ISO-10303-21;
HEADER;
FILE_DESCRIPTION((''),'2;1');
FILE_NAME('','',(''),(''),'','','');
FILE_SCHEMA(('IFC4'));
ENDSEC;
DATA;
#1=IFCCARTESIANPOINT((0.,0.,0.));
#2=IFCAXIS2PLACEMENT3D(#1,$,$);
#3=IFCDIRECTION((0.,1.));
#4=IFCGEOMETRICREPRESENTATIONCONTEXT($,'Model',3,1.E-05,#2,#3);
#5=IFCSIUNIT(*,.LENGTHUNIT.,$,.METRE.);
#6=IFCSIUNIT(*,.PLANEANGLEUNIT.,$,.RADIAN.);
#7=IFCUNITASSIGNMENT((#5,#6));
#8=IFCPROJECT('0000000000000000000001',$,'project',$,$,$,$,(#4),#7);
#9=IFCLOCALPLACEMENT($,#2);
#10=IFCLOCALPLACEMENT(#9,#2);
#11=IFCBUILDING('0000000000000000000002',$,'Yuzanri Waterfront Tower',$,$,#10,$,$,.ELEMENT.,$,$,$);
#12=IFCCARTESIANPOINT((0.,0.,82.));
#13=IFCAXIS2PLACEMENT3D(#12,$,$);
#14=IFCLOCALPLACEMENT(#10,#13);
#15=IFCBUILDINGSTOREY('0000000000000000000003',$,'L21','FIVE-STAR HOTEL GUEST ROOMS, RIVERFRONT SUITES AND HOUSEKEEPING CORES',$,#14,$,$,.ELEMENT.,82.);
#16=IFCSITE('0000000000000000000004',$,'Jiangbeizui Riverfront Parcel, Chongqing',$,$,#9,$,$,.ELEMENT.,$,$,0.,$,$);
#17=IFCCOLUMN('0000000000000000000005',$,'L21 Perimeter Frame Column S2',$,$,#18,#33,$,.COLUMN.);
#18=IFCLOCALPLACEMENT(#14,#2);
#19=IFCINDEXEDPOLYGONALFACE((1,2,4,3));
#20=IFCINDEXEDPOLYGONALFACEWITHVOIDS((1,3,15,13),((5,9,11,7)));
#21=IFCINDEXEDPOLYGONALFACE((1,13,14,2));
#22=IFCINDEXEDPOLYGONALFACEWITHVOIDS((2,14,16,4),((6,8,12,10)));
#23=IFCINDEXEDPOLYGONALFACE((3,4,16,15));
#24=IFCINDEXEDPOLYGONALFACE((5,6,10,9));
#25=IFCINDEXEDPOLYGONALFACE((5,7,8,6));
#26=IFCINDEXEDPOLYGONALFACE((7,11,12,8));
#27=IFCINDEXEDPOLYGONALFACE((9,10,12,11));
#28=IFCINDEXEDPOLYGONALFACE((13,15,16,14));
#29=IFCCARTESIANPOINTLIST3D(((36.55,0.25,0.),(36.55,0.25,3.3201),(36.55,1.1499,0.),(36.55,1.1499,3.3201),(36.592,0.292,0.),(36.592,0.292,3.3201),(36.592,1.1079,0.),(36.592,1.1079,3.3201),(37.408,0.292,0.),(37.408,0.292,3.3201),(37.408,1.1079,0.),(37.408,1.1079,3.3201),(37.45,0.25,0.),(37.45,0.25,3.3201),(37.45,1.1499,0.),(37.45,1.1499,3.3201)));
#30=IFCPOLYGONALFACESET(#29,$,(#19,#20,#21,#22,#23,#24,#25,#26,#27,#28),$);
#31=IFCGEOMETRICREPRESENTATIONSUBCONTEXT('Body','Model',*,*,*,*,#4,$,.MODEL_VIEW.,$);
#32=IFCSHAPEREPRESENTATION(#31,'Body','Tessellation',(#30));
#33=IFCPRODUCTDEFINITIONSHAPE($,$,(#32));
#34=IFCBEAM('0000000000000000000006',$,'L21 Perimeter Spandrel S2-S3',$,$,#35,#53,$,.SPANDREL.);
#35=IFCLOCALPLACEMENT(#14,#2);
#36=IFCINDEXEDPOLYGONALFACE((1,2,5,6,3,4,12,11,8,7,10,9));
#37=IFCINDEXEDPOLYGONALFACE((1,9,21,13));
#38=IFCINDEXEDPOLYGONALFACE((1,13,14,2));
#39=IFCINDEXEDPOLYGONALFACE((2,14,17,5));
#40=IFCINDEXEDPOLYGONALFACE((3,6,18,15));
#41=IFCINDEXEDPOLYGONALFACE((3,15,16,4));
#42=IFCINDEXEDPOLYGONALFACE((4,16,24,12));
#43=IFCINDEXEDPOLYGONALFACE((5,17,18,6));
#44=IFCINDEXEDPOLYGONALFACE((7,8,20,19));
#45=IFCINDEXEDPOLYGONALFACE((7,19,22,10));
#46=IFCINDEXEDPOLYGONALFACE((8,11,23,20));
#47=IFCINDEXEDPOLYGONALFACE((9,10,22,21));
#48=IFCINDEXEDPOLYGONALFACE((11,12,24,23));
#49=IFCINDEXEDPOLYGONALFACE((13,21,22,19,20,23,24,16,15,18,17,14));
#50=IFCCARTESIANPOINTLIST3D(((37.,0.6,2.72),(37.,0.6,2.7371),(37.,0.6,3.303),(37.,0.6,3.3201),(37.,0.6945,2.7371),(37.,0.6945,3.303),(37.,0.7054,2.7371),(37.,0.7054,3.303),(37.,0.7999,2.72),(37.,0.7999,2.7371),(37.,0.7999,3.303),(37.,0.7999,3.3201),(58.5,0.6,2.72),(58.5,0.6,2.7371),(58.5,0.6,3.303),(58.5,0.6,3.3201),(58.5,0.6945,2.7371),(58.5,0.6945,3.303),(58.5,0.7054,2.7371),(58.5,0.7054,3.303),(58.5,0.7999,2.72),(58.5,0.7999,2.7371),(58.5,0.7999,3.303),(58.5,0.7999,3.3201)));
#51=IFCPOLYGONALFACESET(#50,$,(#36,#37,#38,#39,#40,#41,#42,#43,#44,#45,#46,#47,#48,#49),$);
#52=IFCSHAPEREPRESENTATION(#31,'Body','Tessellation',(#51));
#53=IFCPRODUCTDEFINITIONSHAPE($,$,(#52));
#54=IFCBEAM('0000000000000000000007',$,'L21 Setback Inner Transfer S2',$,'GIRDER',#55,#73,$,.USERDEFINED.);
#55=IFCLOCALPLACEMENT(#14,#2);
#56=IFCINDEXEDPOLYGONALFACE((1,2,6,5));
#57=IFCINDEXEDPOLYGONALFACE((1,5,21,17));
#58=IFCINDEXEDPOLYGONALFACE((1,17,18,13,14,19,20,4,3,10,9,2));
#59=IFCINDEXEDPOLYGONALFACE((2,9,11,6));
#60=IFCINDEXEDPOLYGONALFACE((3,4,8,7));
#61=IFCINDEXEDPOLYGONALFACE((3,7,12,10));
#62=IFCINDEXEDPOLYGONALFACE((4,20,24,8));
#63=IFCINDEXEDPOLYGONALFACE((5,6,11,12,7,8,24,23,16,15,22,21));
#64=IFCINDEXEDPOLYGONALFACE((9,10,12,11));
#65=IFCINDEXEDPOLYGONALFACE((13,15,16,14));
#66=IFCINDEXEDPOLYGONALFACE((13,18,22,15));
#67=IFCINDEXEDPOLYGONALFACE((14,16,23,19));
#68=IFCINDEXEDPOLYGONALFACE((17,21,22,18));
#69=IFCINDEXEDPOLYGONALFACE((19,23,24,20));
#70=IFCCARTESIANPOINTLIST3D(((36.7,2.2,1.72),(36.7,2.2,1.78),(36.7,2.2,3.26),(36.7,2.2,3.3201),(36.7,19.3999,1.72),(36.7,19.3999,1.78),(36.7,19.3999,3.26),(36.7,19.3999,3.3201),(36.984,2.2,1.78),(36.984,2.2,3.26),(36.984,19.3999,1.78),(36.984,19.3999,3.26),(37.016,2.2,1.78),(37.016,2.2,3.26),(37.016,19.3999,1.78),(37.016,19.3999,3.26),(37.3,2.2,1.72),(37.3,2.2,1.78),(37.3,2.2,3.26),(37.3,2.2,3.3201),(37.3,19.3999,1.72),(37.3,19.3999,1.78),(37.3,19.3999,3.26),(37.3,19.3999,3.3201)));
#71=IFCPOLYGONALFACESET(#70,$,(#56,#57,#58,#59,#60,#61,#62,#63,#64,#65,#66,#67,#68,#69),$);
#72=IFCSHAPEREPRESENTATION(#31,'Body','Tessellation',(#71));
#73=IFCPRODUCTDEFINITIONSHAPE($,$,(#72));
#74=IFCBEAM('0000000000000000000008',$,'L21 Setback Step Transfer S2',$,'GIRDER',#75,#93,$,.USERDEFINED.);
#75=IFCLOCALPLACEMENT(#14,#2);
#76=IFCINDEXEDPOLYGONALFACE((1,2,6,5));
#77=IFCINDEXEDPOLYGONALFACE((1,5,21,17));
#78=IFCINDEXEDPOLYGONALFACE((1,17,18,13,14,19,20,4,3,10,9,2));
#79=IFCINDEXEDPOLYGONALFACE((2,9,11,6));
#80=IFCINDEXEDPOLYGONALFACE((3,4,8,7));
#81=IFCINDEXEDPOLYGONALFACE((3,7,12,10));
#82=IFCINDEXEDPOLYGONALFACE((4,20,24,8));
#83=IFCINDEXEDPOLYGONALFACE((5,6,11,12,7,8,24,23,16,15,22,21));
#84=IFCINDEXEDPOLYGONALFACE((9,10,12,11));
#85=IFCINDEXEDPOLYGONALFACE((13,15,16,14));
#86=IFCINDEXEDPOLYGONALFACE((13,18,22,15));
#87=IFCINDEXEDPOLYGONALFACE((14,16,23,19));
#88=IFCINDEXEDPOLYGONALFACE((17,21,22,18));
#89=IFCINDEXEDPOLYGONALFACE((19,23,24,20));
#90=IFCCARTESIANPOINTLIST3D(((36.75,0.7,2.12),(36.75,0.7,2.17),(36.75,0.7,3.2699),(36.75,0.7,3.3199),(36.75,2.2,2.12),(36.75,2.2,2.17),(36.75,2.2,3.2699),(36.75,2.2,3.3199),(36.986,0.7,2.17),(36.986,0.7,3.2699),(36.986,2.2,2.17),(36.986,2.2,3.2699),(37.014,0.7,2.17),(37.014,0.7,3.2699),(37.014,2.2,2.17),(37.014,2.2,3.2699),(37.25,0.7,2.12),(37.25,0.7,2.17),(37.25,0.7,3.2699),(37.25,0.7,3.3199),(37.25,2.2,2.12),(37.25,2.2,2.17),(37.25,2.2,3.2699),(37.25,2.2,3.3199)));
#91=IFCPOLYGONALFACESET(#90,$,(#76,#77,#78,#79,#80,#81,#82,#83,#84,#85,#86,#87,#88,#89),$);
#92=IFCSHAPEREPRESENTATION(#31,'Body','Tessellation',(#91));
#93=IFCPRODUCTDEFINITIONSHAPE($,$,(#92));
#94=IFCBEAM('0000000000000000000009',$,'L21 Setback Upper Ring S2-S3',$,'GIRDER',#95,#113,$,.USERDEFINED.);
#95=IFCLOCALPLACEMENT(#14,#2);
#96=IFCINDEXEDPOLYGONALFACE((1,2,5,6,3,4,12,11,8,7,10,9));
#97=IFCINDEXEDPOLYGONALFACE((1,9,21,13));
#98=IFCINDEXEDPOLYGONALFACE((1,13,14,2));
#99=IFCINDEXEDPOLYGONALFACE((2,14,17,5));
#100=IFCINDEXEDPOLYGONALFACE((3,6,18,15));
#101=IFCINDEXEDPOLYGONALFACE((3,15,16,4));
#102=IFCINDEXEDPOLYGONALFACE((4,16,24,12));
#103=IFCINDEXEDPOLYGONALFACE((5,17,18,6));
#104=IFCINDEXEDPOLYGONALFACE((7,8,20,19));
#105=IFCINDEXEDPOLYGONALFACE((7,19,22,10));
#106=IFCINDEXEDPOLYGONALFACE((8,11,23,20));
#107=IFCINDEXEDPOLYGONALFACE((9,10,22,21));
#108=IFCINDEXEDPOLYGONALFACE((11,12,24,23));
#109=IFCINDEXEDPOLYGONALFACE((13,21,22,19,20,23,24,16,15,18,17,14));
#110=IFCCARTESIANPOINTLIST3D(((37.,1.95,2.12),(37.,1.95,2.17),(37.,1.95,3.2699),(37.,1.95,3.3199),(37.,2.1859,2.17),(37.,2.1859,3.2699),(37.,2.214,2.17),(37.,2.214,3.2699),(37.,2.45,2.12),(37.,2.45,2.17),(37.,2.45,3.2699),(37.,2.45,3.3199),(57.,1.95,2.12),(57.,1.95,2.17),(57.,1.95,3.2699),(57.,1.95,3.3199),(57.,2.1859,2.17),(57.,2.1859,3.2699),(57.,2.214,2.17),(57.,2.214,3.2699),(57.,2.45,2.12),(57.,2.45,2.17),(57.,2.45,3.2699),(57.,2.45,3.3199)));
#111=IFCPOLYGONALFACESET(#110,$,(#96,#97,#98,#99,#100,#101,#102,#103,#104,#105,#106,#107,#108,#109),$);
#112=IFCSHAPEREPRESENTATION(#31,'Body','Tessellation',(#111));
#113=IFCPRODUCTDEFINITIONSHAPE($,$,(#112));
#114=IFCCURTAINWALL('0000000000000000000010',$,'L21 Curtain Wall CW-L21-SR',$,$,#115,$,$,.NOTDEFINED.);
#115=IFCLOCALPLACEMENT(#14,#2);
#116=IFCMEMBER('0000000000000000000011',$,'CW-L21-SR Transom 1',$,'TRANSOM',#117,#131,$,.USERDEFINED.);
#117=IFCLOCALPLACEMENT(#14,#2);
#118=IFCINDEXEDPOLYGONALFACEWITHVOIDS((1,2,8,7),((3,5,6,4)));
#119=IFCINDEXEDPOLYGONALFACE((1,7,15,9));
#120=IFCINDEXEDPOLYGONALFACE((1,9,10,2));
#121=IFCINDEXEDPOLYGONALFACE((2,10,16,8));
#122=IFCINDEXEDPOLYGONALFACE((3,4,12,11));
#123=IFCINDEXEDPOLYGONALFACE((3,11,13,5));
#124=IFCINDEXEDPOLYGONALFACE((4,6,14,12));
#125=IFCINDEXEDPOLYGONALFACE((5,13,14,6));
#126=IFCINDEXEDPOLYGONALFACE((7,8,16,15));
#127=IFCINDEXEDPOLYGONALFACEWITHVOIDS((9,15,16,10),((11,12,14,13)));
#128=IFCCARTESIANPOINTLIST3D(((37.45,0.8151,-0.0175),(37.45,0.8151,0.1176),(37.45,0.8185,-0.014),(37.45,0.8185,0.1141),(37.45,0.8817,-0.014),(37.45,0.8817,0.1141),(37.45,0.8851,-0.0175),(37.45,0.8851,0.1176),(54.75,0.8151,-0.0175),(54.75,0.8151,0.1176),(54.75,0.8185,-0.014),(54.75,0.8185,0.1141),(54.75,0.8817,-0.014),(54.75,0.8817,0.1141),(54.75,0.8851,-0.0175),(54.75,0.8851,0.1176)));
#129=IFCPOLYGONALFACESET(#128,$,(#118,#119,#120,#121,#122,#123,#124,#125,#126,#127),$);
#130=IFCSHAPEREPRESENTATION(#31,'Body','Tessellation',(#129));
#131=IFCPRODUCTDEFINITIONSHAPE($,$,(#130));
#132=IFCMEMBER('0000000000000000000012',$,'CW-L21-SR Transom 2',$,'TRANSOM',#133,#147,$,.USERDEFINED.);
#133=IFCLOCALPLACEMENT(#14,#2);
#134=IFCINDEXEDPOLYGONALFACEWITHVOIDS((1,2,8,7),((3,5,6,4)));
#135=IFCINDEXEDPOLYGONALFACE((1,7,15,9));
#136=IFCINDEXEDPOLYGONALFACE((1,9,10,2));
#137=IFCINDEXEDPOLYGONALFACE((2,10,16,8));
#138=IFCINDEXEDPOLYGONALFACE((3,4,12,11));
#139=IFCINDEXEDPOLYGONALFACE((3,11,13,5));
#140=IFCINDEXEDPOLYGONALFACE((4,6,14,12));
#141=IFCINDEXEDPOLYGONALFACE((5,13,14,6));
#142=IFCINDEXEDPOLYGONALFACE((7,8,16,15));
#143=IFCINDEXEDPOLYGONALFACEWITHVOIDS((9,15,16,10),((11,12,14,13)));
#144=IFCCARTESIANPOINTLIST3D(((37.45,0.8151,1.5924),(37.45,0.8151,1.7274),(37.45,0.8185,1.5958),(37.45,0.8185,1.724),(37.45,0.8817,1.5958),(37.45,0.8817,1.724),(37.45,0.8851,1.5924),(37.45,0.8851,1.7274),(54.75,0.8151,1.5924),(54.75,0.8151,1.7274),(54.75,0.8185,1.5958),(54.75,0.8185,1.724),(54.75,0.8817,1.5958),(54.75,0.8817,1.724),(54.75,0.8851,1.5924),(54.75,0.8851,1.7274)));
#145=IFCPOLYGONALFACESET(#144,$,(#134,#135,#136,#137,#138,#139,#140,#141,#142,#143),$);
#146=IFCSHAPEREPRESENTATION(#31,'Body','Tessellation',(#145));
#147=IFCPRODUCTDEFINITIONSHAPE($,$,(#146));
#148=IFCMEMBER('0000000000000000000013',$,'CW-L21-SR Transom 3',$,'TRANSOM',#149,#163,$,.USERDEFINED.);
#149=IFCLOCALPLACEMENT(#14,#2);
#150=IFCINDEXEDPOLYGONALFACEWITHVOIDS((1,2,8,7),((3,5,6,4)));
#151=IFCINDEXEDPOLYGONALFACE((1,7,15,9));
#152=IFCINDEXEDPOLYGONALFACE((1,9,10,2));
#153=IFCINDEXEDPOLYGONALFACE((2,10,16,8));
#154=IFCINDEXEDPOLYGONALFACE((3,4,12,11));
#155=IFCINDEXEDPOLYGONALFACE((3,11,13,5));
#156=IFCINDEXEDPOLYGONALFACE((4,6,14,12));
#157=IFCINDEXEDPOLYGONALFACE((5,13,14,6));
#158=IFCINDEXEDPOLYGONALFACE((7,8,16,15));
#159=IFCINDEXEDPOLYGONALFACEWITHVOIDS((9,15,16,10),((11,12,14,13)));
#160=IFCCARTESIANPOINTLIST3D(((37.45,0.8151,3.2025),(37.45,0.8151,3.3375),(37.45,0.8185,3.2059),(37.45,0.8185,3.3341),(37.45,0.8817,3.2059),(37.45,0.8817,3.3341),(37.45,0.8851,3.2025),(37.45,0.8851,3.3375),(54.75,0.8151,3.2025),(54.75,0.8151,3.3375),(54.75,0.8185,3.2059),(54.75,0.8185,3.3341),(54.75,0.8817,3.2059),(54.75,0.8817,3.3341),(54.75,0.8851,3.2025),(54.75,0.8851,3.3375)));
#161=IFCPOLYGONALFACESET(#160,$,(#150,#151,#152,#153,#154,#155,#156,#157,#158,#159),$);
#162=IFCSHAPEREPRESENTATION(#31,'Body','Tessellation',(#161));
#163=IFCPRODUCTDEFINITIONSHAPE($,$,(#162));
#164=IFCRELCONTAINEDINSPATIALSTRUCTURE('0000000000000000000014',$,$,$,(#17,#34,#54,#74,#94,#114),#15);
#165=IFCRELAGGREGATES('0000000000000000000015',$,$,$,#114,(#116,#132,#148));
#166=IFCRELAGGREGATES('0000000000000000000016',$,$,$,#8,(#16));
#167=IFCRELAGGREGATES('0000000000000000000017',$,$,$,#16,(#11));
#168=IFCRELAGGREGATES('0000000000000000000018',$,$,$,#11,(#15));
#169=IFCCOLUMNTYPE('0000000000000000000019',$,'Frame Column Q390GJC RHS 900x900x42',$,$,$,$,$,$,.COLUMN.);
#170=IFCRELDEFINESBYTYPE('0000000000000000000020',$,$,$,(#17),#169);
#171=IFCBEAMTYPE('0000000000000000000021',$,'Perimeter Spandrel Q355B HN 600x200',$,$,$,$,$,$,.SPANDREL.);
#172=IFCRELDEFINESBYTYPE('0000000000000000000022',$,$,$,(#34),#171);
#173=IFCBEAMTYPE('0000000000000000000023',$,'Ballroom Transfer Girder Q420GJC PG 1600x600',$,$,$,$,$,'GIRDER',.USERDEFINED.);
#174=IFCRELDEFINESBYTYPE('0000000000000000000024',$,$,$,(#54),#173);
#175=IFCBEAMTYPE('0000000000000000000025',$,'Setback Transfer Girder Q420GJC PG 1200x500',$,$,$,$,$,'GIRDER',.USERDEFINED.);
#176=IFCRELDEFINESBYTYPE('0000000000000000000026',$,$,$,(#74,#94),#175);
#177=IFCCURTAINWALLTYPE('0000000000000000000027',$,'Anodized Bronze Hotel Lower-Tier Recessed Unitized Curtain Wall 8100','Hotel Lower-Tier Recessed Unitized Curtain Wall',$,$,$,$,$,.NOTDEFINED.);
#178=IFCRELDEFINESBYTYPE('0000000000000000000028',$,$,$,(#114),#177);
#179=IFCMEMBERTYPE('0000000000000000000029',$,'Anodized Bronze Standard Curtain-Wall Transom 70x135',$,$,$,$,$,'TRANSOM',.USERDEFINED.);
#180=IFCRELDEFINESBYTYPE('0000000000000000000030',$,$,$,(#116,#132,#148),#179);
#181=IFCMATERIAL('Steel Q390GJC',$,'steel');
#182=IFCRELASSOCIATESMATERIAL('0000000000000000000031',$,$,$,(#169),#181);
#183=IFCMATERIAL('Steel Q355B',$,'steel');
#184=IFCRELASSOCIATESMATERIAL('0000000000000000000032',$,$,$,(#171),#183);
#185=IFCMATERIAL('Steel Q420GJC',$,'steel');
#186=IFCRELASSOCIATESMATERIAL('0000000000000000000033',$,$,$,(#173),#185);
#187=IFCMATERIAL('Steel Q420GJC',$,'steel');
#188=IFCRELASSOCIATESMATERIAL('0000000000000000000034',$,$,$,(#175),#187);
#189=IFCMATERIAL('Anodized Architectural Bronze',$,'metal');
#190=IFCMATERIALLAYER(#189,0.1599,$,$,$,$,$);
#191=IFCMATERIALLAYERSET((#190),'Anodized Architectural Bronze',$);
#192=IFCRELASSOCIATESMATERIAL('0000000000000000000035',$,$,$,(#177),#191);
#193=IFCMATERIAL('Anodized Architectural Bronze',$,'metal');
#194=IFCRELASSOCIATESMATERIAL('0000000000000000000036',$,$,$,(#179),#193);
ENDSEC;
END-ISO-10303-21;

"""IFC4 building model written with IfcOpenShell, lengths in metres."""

from ifc_helpers import new_model, si_unit, direction, frame, origin, origin_2d, place, context, subcontext, project, spatial, hollow_rectangle, i_section, extrude, source, transform, mapped, material, layer, layer_set, material_profile, profile_set, type_object, element, aggregate, save


model = new_model("IFC4")

# Units and contexts
model_context = context("Model", 3, precision=1e-05, world=origin(), true_north=direction((0.0, 1.0)))
body_context = subcontext(model_context, "Body", "Model", "MODEL_VIEW")
ifc_project = project(units=[si_unit("LENGTHUNIT", "METRE"), si_unit("PLANEANGLEUNIT", "RADIAN")], contexts=[model_context])

# Site, building, storey
site_placement = place(None, origin())
site = spatial("IfcSite", under=ifc_project, at=site_placement, Name="Jiangbeizui Riverfront Parcel, Chongqing", CompositionType="ELEMENT", RefElevation=0.0)
building_placement = place(site_placement, origin())
building = spatial("IfcBuilding", under=site, at=building_placement, Name="Yuzanri Waterfront Tower", CompositionType="ELEMENT")
storey_placement = place(building_placement, frame((0.0, 0.0, 82.0)))
storey = spatial("IfcBuildingStorey", under=building, at=storey_placement, Name="L21", Description="FIVE-STAR HOTEL GUEST ROOMS, RIVERFRONT SUITES AND HOUSEKEEPING CORES", CompositionType="ELEMENT", Elevation=82.0)

# Column
ifc_material_1 = material(Name="Steel Q390GJC", Category="steel")
ifc_material_profile_1 = material_profile(ifc_material_1, hollow_rectangle(XDim=0.8999, YDim=0.8999, WallThickness=0.042, at=origin_2d()), Name="RHS 900x900x42")
ifc_profile_set_1 = profile_set([ifc_material_profile_1], Name="Steel Q390GJC")
column_type = type_object("IfcColumnType", Name="Frame Column Q390GJC RHS 900x900x42", PredefinedType="COLUMN", material=ifc_profile_set_1)
shared_shape_1 = source(origin(), body_context, "Body", "SweptSolid", [
    extrude(hollow_rectangle(XDim=0.8999, YDim=0.8999, WallThickness=0.042, at=origin_2d()), origin(), (0.0, 0.0, 1.0), 3.3201),
])
column_placement = place(storey_placement, frame((37.0, 0.7, 0.0), z_axis=(0.0, 0.0, 1.0), x_axis=(1.0, 0.0, 0.0)))
element("IfcColumn", 1, at=column_placement, inside=storey, type_object=column_type, Name="L21 Perimeter Frame Column S2", PredefinedType="COLUMN", context=body_context, shape_type="MappedRepresentation", body=[
    mapped(shared_shape_1, transform((0.0, 0.0, 0.0), scale=1.0)),
])

# Beams
ifc_material_2 = material(Name="Steel Q355B", Category="steel")
ifc_material_profile_2 = material_profile(ifc_material_2, i_section(OverallWidth=0.2, OverallDepth=0.6001, WebThickness=0.011, FlangeThickness=0.0171, at=origin_2d()), Name="HN 600x200x11x17")
ifc_profile_set_2 = profile_set([ifc_material_profile_2], Name="Steel Q355B")
beam_type_1 = type_object("IfcBeamType", Name="Perimeter Spandrel Q355B HN 600x200", PredefinedType="SPANDREL", material=ifc_profile_set_2)
shared_shape_2 = source(origin(), body_context, "Body", "SweptSolid", [
    extrude(i_section(OverallWidth=0.2, OverallDepth=0.6001, WebThickness=0.011, FlangeThickness=0.0171, at=origin_2d()), origin(), (0.0, 0.0, 1.0), 21.5),
])
beam_1_placement = place(storey_placement, frame((37.0, 0.7, 3.02), z_axis=(1.0, 0.0, 0.0), x_axis=(0.0, 1.0, 0.0)))
element("IfcBeam", 2, at=beam_1_placement, inside=storey, type_object=beam_type_1, Name="L21 Perimeter Spandrel S2-S3", PredefinedType="SPANDREL", context=body_context, shape_type="MappedRepresentation", body=[
    mapped(shared_shape_2, transform((0.0, 0.0, 0.0), scale=1.0)),
])
ifc_material_3 = material(Name="Steel Q420GJC", Category="steel")
ifc_material_profile_3 = material_profile(ifc_material_3, i_section(OverallWidth=0.6001, OverallDepth=1.6001, WebThickness=0.032, FlangeThickness=0.0601, at=origin_2d()), Name="PG 1600x600x32x60")
ifc_profile_set_3 = profile_set([ifc_material_profile_3], Name="Steel Q420GJC")
beam_type_2 = type_object("IfcBeamType", Name="Ballroom Transfer Girder Q420GJC PG 1600x600", ElementType="GIRDER", PredefinedType="USERDEFINED", material=ifc_profile_set_3)
shared_shape_3 = source(origin(), body_context, "Body", "SweptSolid", [
    extrude(i_section(OverallWidth=0.6001, OverallDepth=1.6001, WebThickness=0.032, FlangeThickness=0.0601, at=origin_2d()), origin(), (0.0, 0.0, 1.0), 17.2),
])
beam_2_placement = place(storey_placement, frame((37.0, 19.3999, 2.52), z_axis=(0.0, -1.0, 0.0), x_axis=(1.0, 0.0, 0.0)))
element("IfcBeam", 3, at=beam_2_placement, inside=storey, type_object=beam_type_2, Name="L21 Setback Inner Transfer S2", ObjectType="GIRDER", PredefinedType="USERDEFINED", context=body_context, shape_type="MappedRepresentation", body=[
    mapped(shared_shape_3, transform((0.0, 0.0, 0.0), scale=1.0)),
])
ifc_material_4 = material(Name="Steel Q420GJC", Category="steel")
ifc_material_profile_4 = material_profile(ifc_material_4, i_section(OverallWidth=0.5, OverallDepth=1.2, WebThickness=0.0281, FlangeThickness=0.05, at=origin_2d()), Name="PG 1200x500x28x50")
ifc_profile_set_4 = profile_set([ifc_material_profile_4], Name="Steel Q420GJC")
beam_type_3 = type_object("IfcBeamType", Name="Setback Transfer Girder Q420GJC PG 1200x500", ElementType="GIRDER", PredefinedType="USERDEFINED", material=ifc_profile_set_4)
shared_shape_4 = source(origin(), body_context, "Body", "SweptSolid", [
    extrude(i_section(OverallWidth=0.5, OverallDepth=1.2, WebThickness=0.0281, FlangeThickness=0.05, at=origin_2d()), origin(), (0.0, 0.0, 1.0), 1.5),
])
beam_3_placement = place(storey_placement, frame((37.0, 2.2, 2.72), z_axis=(0.0, -1.0, 0.0), x_axis=(1.0, 0.0, 0.0)))
element("IfcBeam", 4, at=beam_3_placement, inside=storey, type_object=beam_type_3, Name="L21 Setback Step Transfer S2", ObjectType="GIRDER", PredefinedType="USERDEFINED", context=body_context, shape_type="MappedRepresentation", body=[
    mapped(shared_shape_4, transform((0.0, 0.0, 0.0), scale=1.0)),
])
shared_shape_5 = source(origin(), body_context, "Body", "SweptSolid", [
    extrude(i_section(OverallWidth=0.5, OverallDepth=1.2, WebThickness=0.0281, FlangeThickness=0.05, at=origin_2d()), origin(), (0.0, 0.0, 1.0), 20.0),
])
beam_4_placement = place(storey_placement, frame((37.0, 2.2, 2.72), z_axis=(1.0, 0.0, 0.0), x_axis=(0.0, 1.0, 0.0)))
element("IfcBeam", 5, at=beam_4_placement, inside=storey, type_object=beam_type_3, Name="L21 Setback Upper Ring S2-S3", ObjectType="GIRDER", PredefinedType="USERDEFINED", context=body_context, shape_type="MappedRepresentation", body=[
    mapped(shared_shape_5, transform((0.0, 0.0, 0.0), scale=1.0)),
])

# Curtain wall, members
ifc_material_5 = material(Name="Anodized Architectural Bronze", Category="metal")
ifc_layer_1 = layer(ifc_material_5, 0.1599)
ifc_layer_set_1 = layer_set([ifc_layer_1], Name="Anodized Architectural Bronze")
curtain_wall_type = type_object("IfcCurtainWallType", Name="Anodized Bronze Hotel Lower-Tier Recessed Unitized Curtain Wall 8100", Description="Hotel Lower-Tier Recessed Unitized Curtain Wall", PredefinedType="NOTDEFINED", material=ifc_layer_set_1)
curtain_wall_placement = place(storey_placement, origin())
curtain_wall = element("IfcCurtainWall", 6, at=curtain_wall_placement, inside=storey, type_object=curtain_wall_type, Name="L21 Curtain Wall CW-L21-SR", PredefinedType="NOTDEFINED")
ifc_material_6 = material(Name="Anodized Architectural Bronze", Category="metal")
ifc_material_profile_5 = material_profile(ifc_material_6, hollow_rectangle(XDim=0.0701, YDim=0.135, WallThickness=0.0034, at=origin_2d()), Name="CWT 70x135")
ifc_profile_set_5 = profile_set([ifc_material_profile_5], Name="Anodized Architectural Bronze")
member_type_1 = type_object("IfcMemberType", Name="Anodized Bronze Standard Curtain-Wall Transom 70x135", ElementType="TRANSOM", PredefinedType="USERDEFINED", material=ifc_profile_set_5)
shared_shape_6 = source(origin(), body_context, "Body", "SweptSolid", [
    extrude(hollow_rectangle(XDim=0.0701, YDim=0.135, WallThickness=0.0034, at=origin_2d()), origin(), (0.0, 0.0, 1.0), 17.3),
])
member_1_placement = place(storey_placement, frame((37.45, 0.8501, 0.05), z_axis=(1.0, 0.0, 0.0), x_axis=(0.0, 1.0, 0.0)))
member_1 = element("IfcMember", 7, at=member_1_placement, type_object=member_type_1, Name="CW-L21-SR Transom 1", ObjectType="TRANSOM", PredefinedType="USERDEFINED", context=body_context, shape_type="MappedRepresentation", body=[
    mapped(shared_shape_6, transform((0.0, 0.0, 0.0), scale=1.0)),
])
member_2_placement = place(storey_placement, frame((37.45, 0.8501, 1.6599), z_axis=(1.0, 0.0, 0.0), x_axis=(0.0, 1.0, 0.0)))
member_2 = element("IfcMember", 8, at=member_2_placement, type_object=member_type_1, Name="CW-L21-SR Transom 2", ObjectType="TRANSOM", PredefinedType="USERDEFINED", context=body_context, shape_type="MappedRepresentation", body=[
    mapped(shared_shape_6, transform((0.0, 0.0, 0.0), scale=1.0)),
])
member_3_placement = place(storey_placement, frame((37.45, 0.8501, 3.27), z_axis=(1.0, 0.0, 0.0), x_axis=(0.0, 1.0, 0.0)))
member_3 = element("IfcMember", 9, at=member_3_placement, type_object=member_type_1, Name="CW-L21-SR Transom 3", ObjectType="TRANSOM", PredefinedType="USERDEFINED", context=body_context, shape_type="MappedRepresentation", body=[
    mapped(shared_shape_6, transform((0.0, 0.0, 0.0), scale=1.0)),
])

aggregate(curtain_wall, [member_1, member_2, member_3])

save(model, "model.ifc")
